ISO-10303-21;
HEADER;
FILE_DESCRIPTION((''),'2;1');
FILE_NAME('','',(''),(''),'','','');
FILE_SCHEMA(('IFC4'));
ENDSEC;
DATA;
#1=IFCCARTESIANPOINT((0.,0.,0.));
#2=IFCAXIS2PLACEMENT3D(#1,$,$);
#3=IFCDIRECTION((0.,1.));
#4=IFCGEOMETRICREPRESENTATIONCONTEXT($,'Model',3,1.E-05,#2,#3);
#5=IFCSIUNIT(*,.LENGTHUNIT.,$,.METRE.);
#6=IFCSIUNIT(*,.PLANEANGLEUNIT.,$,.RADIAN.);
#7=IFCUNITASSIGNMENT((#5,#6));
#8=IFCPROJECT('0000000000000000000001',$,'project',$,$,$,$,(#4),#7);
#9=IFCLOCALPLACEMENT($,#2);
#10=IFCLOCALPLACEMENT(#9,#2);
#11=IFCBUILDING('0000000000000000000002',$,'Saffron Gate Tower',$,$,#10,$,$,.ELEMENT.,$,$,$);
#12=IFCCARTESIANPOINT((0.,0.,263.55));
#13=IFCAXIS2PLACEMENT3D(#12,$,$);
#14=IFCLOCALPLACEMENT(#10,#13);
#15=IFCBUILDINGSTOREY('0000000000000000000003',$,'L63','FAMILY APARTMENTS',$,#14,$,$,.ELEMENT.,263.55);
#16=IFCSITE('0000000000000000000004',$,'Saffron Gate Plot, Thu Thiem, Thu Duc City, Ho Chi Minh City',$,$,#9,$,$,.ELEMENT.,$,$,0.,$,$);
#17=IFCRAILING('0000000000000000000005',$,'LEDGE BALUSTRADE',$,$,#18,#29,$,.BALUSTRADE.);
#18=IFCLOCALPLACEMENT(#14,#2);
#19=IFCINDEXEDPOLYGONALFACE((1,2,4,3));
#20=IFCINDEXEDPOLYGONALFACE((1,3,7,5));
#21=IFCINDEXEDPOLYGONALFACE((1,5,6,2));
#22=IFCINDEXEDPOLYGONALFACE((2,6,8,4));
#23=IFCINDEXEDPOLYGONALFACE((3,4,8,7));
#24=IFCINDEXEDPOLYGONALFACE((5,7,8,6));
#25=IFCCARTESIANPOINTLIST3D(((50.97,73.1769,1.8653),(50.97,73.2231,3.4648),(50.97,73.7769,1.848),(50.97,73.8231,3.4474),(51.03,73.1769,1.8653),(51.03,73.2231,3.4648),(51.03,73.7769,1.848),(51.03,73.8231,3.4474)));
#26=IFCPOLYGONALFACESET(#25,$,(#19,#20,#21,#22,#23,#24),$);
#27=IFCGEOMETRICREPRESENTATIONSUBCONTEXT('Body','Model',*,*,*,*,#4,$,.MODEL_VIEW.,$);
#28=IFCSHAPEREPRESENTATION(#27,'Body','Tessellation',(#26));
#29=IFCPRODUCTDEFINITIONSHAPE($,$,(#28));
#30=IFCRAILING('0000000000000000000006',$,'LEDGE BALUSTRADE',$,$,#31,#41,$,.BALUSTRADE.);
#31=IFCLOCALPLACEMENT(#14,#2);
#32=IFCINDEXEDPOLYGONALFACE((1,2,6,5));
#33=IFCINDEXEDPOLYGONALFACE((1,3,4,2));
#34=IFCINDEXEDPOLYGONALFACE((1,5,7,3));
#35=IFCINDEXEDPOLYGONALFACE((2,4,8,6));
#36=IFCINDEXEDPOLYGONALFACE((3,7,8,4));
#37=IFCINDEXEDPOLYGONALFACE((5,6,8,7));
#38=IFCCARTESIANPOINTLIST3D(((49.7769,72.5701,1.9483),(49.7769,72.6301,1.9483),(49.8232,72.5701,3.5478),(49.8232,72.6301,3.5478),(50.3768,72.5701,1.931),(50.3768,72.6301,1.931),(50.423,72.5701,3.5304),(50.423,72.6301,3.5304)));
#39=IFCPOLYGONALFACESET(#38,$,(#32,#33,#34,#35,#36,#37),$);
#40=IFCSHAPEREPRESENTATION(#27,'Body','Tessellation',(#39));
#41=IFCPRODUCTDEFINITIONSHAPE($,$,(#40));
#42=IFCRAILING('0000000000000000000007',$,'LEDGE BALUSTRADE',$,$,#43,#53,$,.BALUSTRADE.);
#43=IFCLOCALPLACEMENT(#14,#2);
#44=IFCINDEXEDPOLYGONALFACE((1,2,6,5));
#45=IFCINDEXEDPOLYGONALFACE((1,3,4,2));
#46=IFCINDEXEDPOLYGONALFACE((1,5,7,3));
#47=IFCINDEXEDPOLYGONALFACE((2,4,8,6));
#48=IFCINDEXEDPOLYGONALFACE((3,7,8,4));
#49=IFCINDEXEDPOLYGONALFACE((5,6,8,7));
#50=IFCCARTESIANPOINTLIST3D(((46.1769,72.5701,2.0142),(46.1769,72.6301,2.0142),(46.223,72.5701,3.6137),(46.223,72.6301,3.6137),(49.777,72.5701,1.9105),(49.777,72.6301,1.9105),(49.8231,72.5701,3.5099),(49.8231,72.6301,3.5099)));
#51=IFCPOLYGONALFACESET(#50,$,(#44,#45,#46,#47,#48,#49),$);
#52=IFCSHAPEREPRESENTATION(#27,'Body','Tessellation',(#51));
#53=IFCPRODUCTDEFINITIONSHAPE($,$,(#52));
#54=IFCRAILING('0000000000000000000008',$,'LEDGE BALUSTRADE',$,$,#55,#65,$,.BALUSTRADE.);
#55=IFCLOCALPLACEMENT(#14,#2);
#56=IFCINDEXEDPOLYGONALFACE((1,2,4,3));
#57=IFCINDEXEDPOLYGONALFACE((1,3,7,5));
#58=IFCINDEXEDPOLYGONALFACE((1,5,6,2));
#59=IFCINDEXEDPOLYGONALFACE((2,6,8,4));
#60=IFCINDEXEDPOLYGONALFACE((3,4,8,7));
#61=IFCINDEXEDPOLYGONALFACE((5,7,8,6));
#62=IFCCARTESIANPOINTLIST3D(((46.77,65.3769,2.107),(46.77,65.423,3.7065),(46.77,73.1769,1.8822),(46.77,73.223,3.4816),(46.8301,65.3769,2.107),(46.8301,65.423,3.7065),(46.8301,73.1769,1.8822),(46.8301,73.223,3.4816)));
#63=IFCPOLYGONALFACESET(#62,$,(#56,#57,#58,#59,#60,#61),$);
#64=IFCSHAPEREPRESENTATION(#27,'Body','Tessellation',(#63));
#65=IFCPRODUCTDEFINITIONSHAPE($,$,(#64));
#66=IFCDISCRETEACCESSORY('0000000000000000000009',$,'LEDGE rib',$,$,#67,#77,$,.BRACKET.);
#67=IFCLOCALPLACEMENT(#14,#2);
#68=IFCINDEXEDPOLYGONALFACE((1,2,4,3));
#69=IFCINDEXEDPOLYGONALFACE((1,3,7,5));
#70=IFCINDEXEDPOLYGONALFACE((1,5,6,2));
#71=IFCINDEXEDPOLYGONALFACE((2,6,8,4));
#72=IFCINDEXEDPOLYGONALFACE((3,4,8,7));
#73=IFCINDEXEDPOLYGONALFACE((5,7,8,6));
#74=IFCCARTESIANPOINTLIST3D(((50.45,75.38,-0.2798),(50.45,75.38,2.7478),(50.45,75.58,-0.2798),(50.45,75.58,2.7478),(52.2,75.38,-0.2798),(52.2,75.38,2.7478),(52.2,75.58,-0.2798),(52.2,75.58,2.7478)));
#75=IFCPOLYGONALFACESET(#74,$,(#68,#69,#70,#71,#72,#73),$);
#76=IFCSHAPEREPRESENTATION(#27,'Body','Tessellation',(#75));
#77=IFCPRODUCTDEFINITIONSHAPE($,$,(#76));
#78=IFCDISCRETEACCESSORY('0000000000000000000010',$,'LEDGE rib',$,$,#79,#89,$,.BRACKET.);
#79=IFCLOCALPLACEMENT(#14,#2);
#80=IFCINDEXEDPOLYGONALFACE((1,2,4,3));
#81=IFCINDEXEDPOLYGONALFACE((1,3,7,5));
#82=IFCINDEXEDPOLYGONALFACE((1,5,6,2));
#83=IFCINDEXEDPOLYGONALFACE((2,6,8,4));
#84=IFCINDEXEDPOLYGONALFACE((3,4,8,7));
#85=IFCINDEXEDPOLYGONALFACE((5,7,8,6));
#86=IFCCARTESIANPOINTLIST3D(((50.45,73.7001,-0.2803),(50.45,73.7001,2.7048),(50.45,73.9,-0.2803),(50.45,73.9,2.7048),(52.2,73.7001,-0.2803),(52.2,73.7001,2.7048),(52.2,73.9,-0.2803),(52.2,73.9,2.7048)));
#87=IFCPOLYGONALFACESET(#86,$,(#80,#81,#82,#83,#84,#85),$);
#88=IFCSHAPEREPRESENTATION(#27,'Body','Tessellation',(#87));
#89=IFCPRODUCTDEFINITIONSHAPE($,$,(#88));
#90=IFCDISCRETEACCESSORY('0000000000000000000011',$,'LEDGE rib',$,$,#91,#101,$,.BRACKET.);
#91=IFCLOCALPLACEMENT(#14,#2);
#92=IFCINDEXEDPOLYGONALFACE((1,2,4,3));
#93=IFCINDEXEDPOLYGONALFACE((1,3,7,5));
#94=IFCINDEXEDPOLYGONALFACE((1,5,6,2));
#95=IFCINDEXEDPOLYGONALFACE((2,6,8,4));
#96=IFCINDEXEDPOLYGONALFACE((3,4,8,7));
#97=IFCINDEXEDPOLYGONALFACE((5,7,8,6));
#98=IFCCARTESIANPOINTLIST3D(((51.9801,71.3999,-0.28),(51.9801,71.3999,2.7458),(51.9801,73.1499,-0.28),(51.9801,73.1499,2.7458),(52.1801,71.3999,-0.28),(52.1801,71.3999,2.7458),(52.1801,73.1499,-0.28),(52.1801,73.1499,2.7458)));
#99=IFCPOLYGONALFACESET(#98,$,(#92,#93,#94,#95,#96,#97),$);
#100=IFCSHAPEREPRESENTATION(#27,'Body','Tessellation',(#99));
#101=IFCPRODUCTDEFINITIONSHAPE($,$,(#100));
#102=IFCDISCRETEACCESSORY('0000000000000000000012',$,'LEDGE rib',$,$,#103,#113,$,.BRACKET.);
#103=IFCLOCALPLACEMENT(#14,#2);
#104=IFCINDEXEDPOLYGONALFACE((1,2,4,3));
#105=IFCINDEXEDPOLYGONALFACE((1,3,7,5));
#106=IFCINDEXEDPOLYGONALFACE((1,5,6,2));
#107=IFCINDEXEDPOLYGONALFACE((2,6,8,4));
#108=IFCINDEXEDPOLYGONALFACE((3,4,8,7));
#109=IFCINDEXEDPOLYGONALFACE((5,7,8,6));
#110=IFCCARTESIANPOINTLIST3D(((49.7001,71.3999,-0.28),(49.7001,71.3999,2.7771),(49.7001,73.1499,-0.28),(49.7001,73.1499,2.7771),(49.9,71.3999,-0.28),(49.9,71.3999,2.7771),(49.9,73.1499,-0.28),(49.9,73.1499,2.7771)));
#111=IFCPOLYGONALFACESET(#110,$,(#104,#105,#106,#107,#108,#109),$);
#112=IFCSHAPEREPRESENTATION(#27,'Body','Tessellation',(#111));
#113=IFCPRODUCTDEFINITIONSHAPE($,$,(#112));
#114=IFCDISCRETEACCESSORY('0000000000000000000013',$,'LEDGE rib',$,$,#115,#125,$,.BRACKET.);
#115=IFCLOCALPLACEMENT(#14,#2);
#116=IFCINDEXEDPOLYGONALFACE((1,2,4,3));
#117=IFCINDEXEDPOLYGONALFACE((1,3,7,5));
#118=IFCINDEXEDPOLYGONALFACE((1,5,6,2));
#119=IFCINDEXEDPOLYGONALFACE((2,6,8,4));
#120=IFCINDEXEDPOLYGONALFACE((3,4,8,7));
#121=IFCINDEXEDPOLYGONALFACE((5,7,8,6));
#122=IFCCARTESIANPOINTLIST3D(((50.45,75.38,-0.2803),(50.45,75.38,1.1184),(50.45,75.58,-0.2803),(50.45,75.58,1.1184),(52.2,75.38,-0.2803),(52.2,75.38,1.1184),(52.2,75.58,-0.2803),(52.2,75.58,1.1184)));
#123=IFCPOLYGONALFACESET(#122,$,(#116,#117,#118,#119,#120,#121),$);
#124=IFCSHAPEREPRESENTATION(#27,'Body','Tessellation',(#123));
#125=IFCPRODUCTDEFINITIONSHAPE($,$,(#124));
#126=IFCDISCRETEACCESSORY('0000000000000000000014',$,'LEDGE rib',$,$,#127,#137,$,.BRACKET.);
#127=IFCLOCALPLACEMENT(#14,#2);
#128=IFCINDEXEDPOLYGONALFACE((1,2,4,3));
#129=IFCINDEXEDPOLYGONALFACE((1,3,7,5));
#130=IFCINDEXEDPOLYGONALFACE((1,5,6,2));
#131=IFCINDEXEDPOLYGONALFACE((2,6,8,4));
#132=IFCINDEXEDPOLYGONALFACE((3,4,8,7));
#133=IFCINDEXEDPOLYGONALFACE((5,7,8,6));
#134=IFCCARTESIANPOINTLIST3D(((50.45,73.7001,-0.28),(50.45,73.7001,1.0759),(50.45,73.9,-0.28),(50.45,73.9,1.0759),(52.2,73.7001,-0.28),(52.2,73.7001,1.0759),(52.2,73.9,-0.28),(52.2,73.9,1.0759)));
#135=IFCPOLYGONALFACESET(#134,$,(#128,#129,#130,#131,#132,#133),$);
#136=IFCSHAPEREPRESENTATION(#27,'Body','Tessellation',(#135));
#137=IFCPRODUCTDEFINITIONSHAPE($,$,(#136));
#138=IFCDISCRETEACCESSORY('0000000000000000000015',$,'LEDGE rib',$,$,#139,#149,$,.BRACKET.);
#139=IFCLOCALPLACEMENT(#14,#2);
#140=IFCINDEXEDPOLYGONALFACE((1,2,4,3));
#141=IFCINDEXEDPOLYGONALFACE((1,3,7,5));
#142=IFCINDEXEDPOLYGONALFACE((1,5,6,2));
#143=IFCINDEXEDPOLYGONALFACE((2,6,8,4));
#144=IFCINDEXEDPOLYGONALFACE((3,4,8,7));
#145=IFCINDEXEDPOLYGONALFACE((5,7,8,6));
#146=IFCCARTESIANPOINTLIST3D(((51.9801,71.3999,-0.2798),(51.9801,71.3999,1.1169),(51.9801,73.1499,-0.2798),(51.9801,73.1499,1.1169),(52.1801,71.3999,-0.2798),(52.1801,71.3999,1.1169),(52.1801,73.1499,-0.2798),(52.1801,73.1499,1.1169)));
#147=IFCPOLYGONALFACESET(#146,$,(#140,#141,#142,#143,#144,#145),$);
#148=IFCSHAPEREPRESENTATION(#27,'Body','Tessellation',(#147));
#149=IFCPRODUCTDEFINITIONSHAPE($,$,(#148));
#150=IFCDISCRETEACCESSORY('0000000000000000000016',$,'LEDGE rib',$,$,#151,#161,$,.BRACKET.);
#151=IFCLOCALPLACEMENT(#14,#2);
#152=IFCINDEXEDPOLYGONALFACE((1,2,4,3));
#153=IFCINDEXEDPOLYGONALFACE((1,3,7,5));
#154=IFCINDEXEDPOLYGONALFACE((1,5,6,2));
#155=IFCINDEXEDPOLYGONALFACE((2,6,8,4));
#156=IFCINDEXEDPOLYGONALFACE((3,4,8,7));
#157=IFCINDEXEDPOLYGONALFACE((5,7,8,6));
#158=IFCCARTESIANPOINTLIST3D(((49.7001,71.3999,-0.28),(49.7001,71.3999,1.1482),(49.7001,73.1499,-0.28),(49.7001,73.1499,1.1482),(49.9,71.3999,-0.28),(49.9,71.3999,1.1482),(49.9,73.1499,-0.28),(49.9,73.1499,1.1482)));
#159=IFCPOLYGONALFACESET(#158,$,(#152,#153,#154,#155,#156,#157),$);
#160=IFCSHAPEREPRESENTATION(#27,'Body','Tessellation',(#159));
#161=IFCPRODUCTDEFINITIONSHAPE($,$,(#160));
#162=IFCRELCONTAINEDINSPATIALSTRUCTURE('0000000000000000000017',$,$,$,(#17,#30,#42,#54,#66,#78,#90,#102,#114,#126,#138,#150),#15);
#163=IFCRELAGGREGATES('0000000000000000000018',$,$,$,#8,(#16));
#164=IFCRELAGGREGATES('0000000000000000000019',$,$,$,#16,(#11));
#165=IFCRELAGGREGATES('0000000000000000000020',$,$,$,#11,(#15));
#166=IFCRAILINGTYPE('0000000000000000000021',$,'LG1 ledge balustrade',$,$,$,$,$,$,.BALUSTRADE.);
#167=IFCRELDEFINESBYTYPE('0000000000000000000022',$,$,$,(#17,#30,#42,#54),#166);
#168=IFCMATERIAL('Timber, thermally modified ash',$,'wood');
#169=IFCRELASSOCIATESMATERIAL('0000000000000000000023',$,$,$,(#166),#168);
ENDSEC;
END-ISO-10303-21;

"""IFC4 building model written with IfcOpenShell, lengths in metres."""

from ifc_helpers import new_model, si_unit, direction, frame, origin, origin_2d, place, context, subcontext, project, spatial, rectangle, extrude, material, type_object, element, save


model = new_model("IFC4")

# Units and contexts
model_context = context("Model", 3, precision=1e-05, world=origin(), true_north=direction((0.0, 1.0)))
body_context = subcontext(model_context, "Body", "Model", "MODEL_VIEW")
ifc_project = project(units=[si_unit("LENGTHUNIT", "METRE"), si_unit("PLANEANGLEUNIT", "RADIAN")], contexts=[model_context])

# Site, building, storey
site_placement = place(None, origin())
site = spatial("IfcSite", under=ifc_project, at=site_placement, Name="Saffron Gate Plot, Thu Thiem, Thu Duc City, Ho Chi Minh City", CompositionType="ELEMENT", RefElevation=0.0)
building_placement = place(site_placement, origin())
building = spatial("IfcBuilding", under=site, at=building_placement, Name="Saffron Gate Tower", CompositionType="ELEMENT")
storey_placement = place(building_placement, frame((0.0, 0.0, 263.55)))
storey = spatial("IfcBuildingStorey", under=building, at=storey_placement, Name="L63", Description="FAMILY APARTMENTS", CompositionType="ELEMENT", Elevation=263.55)

# Shared definitions
ifc_material_1 = material(Name="Timber, thermally modified ash", Category="wood")

# Railings
railing_type = type_object("IfcRailingType", Name="LG1 ledge balustrade", PredefinedType="BALUSTRADE", material=ifc_material_1)
railing_1_placement = place(storey_placement, frame((51.0, 73.8, 1.8477)))
element("IfcRailing", 1, at=railing_1_placement, inside=storey, type_object=railing_type, Name="LEDGE BALUSTRADE", PredefinedType="BALUSTRADE", context=body_context, shape_type="SweptSolid", body=[
    extrude(rectangle(XDim=0.0601, YDim=1.6001, at=origin_2d()), frame((0.0, 0.0, 0.8), z_axis=(0.0, -0.999583, 0.028873), x_axis=(1.0, 0.0, 0.0)), (0.0, 0.0, 1.0), 0.6003),
])
railing_2_placement = place(storey_placement, frame((50.3999, 72.6001, 1.9307)))
element("IfcRailing", 2, at=railing_2_placement, inside=storey, type_object=railing_type, Name="LEDGE BALUSTRADE", PredefinedType="BALUSTRADE", context=body_context, shape_type="SweptSolid", body=[
    extrude(rectangle(XDim=0.0601, YDim=1.6001, at=origin_2d()), frame((0.0, 0.0, 0.8), z_axis=(-0.999583, 0.0, 0.028885), x_axis=(0.0, -1.0, 0.0)), (0.0, 0.0, 1.0), 0.6001),
])
railing_3_placement = place(storey_placement, frame((49.8, 72.6001, 1.9102)))
element("IfcRailing", 3, at=railing_3_placement, inside=storey, type_object=railing_type, Name="LEDGE BALUSTRADE", PredefinedType="BALUSTRADE", context=body_context, shape_type="SweptSolid", body=[
    extrude(rectangle(XDim=0.0601, YDim=1.6001, at=origin_2d()), frame((0.0, 0.0, 0.8), z_axis=(-0.999585, 0.0, 0.028809), x_axis=(0.0, -1.0, 0.0)), (0.0, 0.0, 1.0), 3.6016),
])
railing_4_placement = place(storey_placement, frame((46.8, 73.2, 1.8818)))
element("IfcRailing", 4, at=railing_4_placement, inside=storey, type_object=railing_type, Name="LEDGE BALUSTRADE", PredefinedType="BALUSTRADE", context=body_context, shape_type="SweptSolid", body=[
    extrude(rectangle(XDim=0.0601, YDim=1.6001, at=origin_2d()), frame((0.0, 0.0, 0.8), z_axis=(0.0, -0.999585, 0.028815), x_axis=(1.0, 0.0, 0.0)), (0.0, 0.0, 1.0), 7.8032),
])

# Discrete accessories
discrete_accessory_1_placement = place(storey_placement, frame((51.325, 75.48, -0.2798), z_axis=(0.0, 0.0, 1.0), x_axis=(0.0, -1.0, 0.0)))
element("IfcDiscreteAccessory", 5, at=discrete_accessory_1_placement, inside=storey, Name="LEDGE rib", PredefinedType="BRACKET", context=body_context, shape_type="SweptSolid", body=[
    extrude(rectangle(XDim=0.2, YDim=1.75, at=origin_2d()), origin(), (0.0, 0.0, 1.0), 3.0276),
])
discrete_accessory_2_placement = place(storey_placement, frame((51.325, 73.8, -0.2803), z_axis=(0.0, 0.0, 1.0), x_axis=(0.0, -1.0, 0.0)))
element("IfcDiscreteAccessory", 6, at=discrete_accessory_2_placement, inside=storey, Name="LEDGE rib", PredefinedType="BRACKET", context=body_context, shape_type="SweptSolid", body=[
    extrude(rectangle(XDim=0.2, YDim=1.75, at=origin_2d()), origin(), (0.0, 0.0, 1.0), 2.9851),
])
discrete_accessory_3_placement = place(storey_placement, frame((52.0801, 72.2749, -0.28), z_axis=(0.0, 0.0, 1.0), x_axis=(-1.0, 0.0, 0.0)))
element("IfcDiscreteAccessory", 7, at=discrete_accessory_3_placement, inside=storey, Name="LEDGE rib", PredefinedType="BRACKET", context=body_context, shape_type="SweptSolid", body=[
    extrude(rectangle(XDim=0.2, YDim=1.75, at=origin_2d()), origin(), (0.0, 0.0, 1.0), 3.0259),
])
discrete_accessory_4_placement = place(storey_placement, frame((49.8, 72.2749, -0.28), z_axis=(0.0, 0.0, 1.0), x_axis=(-1.0, 0.0, 0.0)))
element("IfcDiscreteAccessory", 8, at=discrete_accessory_4_placement, inside=storey, Name="LEDGE rib", PredefinedType="BRACKET", context=body_context, shape_type="SweptSolid", body=[
    extrude(rectangle(XDim=0.2, YDim=1.75, at=origin_2d()), origin(), (0.0, 0.0, 1.0), 3.0571),
])
discrete_accessory_5_placement = place(storey_placement, frame((51.325, 75.48, -0.2803), z_axis=(0.0, 0.0, 1.0), x_axis=(0.0, -1.0, 0.0)))
element("IfcDiscreteAccessory", 9, at=discrete_accessory_5_placement, inside=storey, Name="LEDGE rib", PredefinedType="BRACKET", context=body_context, shape_type="SweptSolid", body=[
    extrude(rectangle(XDim=0.2, YDim=1.75, at=origin_2d()), origin(), (0.0, 0.0, 1.0), 1.3987),
])
discrete_accessory_6_placement = place(storey_placement, frame((51.325, 73.8, -0.28), z_axis=(0.0, 0.0, 1.0), x_axis=(0.0, -1.0, 0.0)))
element("IfcDiscreteAccessory", 10, at=discrete_accessory_6_placement, inside=storey, Name="LEDGE rib", PredefinedType="BRACKET", context=body_context, shape_type="SweptSolid", body=[
    extrude(rectangle(XDim=0.2, YDim=1.75, at=origin_2d()), origin(), (0.0, 0.0, 1.0), 1.356),
])
discrete_accessory_7_placement = place(storey_placement, frame((52.0801, 72.2749, -0.2798), z_axis=(0.0, 0.0, 1.0), x_axis=(-1.0, 0.0, 0.0)))
element("IfcDiscreteAccessory", 11, at=discrete_accessory_7_placement, inside=storey, Name="LEDGE rib", PredefinedType="BRACKET", context=body_context, shape_type="SweptSolid", body=[
    extrude(rectangle(XDim=0.2, YDim=1.75, at=origin_2d()), origin(), (0.0, 0.0, 1.0), 1.3967),
])
discrete_accessory_8_placement = place(storey_placement, frame((49.8, 72.2749, -0.28), z_axis=(0.0, 0.0, 1.0), x_axis=(-1.0, 0.0, 0.0)))
element("IfcDiscreteAccessory", 12, at=discrete_accessory_8_placement, inside=storey, Name="LEDGE rib", PredefinedType="BRACKET", context=body_context, shape_type="SweptSolid", body=[
    extrude(rectangle(XDim=0.2, YDim=1.75, at=origin_2d()), origin(), (0.0, 0.0, 1.0), 1.4282),
])

save(model, "model.ifc")
